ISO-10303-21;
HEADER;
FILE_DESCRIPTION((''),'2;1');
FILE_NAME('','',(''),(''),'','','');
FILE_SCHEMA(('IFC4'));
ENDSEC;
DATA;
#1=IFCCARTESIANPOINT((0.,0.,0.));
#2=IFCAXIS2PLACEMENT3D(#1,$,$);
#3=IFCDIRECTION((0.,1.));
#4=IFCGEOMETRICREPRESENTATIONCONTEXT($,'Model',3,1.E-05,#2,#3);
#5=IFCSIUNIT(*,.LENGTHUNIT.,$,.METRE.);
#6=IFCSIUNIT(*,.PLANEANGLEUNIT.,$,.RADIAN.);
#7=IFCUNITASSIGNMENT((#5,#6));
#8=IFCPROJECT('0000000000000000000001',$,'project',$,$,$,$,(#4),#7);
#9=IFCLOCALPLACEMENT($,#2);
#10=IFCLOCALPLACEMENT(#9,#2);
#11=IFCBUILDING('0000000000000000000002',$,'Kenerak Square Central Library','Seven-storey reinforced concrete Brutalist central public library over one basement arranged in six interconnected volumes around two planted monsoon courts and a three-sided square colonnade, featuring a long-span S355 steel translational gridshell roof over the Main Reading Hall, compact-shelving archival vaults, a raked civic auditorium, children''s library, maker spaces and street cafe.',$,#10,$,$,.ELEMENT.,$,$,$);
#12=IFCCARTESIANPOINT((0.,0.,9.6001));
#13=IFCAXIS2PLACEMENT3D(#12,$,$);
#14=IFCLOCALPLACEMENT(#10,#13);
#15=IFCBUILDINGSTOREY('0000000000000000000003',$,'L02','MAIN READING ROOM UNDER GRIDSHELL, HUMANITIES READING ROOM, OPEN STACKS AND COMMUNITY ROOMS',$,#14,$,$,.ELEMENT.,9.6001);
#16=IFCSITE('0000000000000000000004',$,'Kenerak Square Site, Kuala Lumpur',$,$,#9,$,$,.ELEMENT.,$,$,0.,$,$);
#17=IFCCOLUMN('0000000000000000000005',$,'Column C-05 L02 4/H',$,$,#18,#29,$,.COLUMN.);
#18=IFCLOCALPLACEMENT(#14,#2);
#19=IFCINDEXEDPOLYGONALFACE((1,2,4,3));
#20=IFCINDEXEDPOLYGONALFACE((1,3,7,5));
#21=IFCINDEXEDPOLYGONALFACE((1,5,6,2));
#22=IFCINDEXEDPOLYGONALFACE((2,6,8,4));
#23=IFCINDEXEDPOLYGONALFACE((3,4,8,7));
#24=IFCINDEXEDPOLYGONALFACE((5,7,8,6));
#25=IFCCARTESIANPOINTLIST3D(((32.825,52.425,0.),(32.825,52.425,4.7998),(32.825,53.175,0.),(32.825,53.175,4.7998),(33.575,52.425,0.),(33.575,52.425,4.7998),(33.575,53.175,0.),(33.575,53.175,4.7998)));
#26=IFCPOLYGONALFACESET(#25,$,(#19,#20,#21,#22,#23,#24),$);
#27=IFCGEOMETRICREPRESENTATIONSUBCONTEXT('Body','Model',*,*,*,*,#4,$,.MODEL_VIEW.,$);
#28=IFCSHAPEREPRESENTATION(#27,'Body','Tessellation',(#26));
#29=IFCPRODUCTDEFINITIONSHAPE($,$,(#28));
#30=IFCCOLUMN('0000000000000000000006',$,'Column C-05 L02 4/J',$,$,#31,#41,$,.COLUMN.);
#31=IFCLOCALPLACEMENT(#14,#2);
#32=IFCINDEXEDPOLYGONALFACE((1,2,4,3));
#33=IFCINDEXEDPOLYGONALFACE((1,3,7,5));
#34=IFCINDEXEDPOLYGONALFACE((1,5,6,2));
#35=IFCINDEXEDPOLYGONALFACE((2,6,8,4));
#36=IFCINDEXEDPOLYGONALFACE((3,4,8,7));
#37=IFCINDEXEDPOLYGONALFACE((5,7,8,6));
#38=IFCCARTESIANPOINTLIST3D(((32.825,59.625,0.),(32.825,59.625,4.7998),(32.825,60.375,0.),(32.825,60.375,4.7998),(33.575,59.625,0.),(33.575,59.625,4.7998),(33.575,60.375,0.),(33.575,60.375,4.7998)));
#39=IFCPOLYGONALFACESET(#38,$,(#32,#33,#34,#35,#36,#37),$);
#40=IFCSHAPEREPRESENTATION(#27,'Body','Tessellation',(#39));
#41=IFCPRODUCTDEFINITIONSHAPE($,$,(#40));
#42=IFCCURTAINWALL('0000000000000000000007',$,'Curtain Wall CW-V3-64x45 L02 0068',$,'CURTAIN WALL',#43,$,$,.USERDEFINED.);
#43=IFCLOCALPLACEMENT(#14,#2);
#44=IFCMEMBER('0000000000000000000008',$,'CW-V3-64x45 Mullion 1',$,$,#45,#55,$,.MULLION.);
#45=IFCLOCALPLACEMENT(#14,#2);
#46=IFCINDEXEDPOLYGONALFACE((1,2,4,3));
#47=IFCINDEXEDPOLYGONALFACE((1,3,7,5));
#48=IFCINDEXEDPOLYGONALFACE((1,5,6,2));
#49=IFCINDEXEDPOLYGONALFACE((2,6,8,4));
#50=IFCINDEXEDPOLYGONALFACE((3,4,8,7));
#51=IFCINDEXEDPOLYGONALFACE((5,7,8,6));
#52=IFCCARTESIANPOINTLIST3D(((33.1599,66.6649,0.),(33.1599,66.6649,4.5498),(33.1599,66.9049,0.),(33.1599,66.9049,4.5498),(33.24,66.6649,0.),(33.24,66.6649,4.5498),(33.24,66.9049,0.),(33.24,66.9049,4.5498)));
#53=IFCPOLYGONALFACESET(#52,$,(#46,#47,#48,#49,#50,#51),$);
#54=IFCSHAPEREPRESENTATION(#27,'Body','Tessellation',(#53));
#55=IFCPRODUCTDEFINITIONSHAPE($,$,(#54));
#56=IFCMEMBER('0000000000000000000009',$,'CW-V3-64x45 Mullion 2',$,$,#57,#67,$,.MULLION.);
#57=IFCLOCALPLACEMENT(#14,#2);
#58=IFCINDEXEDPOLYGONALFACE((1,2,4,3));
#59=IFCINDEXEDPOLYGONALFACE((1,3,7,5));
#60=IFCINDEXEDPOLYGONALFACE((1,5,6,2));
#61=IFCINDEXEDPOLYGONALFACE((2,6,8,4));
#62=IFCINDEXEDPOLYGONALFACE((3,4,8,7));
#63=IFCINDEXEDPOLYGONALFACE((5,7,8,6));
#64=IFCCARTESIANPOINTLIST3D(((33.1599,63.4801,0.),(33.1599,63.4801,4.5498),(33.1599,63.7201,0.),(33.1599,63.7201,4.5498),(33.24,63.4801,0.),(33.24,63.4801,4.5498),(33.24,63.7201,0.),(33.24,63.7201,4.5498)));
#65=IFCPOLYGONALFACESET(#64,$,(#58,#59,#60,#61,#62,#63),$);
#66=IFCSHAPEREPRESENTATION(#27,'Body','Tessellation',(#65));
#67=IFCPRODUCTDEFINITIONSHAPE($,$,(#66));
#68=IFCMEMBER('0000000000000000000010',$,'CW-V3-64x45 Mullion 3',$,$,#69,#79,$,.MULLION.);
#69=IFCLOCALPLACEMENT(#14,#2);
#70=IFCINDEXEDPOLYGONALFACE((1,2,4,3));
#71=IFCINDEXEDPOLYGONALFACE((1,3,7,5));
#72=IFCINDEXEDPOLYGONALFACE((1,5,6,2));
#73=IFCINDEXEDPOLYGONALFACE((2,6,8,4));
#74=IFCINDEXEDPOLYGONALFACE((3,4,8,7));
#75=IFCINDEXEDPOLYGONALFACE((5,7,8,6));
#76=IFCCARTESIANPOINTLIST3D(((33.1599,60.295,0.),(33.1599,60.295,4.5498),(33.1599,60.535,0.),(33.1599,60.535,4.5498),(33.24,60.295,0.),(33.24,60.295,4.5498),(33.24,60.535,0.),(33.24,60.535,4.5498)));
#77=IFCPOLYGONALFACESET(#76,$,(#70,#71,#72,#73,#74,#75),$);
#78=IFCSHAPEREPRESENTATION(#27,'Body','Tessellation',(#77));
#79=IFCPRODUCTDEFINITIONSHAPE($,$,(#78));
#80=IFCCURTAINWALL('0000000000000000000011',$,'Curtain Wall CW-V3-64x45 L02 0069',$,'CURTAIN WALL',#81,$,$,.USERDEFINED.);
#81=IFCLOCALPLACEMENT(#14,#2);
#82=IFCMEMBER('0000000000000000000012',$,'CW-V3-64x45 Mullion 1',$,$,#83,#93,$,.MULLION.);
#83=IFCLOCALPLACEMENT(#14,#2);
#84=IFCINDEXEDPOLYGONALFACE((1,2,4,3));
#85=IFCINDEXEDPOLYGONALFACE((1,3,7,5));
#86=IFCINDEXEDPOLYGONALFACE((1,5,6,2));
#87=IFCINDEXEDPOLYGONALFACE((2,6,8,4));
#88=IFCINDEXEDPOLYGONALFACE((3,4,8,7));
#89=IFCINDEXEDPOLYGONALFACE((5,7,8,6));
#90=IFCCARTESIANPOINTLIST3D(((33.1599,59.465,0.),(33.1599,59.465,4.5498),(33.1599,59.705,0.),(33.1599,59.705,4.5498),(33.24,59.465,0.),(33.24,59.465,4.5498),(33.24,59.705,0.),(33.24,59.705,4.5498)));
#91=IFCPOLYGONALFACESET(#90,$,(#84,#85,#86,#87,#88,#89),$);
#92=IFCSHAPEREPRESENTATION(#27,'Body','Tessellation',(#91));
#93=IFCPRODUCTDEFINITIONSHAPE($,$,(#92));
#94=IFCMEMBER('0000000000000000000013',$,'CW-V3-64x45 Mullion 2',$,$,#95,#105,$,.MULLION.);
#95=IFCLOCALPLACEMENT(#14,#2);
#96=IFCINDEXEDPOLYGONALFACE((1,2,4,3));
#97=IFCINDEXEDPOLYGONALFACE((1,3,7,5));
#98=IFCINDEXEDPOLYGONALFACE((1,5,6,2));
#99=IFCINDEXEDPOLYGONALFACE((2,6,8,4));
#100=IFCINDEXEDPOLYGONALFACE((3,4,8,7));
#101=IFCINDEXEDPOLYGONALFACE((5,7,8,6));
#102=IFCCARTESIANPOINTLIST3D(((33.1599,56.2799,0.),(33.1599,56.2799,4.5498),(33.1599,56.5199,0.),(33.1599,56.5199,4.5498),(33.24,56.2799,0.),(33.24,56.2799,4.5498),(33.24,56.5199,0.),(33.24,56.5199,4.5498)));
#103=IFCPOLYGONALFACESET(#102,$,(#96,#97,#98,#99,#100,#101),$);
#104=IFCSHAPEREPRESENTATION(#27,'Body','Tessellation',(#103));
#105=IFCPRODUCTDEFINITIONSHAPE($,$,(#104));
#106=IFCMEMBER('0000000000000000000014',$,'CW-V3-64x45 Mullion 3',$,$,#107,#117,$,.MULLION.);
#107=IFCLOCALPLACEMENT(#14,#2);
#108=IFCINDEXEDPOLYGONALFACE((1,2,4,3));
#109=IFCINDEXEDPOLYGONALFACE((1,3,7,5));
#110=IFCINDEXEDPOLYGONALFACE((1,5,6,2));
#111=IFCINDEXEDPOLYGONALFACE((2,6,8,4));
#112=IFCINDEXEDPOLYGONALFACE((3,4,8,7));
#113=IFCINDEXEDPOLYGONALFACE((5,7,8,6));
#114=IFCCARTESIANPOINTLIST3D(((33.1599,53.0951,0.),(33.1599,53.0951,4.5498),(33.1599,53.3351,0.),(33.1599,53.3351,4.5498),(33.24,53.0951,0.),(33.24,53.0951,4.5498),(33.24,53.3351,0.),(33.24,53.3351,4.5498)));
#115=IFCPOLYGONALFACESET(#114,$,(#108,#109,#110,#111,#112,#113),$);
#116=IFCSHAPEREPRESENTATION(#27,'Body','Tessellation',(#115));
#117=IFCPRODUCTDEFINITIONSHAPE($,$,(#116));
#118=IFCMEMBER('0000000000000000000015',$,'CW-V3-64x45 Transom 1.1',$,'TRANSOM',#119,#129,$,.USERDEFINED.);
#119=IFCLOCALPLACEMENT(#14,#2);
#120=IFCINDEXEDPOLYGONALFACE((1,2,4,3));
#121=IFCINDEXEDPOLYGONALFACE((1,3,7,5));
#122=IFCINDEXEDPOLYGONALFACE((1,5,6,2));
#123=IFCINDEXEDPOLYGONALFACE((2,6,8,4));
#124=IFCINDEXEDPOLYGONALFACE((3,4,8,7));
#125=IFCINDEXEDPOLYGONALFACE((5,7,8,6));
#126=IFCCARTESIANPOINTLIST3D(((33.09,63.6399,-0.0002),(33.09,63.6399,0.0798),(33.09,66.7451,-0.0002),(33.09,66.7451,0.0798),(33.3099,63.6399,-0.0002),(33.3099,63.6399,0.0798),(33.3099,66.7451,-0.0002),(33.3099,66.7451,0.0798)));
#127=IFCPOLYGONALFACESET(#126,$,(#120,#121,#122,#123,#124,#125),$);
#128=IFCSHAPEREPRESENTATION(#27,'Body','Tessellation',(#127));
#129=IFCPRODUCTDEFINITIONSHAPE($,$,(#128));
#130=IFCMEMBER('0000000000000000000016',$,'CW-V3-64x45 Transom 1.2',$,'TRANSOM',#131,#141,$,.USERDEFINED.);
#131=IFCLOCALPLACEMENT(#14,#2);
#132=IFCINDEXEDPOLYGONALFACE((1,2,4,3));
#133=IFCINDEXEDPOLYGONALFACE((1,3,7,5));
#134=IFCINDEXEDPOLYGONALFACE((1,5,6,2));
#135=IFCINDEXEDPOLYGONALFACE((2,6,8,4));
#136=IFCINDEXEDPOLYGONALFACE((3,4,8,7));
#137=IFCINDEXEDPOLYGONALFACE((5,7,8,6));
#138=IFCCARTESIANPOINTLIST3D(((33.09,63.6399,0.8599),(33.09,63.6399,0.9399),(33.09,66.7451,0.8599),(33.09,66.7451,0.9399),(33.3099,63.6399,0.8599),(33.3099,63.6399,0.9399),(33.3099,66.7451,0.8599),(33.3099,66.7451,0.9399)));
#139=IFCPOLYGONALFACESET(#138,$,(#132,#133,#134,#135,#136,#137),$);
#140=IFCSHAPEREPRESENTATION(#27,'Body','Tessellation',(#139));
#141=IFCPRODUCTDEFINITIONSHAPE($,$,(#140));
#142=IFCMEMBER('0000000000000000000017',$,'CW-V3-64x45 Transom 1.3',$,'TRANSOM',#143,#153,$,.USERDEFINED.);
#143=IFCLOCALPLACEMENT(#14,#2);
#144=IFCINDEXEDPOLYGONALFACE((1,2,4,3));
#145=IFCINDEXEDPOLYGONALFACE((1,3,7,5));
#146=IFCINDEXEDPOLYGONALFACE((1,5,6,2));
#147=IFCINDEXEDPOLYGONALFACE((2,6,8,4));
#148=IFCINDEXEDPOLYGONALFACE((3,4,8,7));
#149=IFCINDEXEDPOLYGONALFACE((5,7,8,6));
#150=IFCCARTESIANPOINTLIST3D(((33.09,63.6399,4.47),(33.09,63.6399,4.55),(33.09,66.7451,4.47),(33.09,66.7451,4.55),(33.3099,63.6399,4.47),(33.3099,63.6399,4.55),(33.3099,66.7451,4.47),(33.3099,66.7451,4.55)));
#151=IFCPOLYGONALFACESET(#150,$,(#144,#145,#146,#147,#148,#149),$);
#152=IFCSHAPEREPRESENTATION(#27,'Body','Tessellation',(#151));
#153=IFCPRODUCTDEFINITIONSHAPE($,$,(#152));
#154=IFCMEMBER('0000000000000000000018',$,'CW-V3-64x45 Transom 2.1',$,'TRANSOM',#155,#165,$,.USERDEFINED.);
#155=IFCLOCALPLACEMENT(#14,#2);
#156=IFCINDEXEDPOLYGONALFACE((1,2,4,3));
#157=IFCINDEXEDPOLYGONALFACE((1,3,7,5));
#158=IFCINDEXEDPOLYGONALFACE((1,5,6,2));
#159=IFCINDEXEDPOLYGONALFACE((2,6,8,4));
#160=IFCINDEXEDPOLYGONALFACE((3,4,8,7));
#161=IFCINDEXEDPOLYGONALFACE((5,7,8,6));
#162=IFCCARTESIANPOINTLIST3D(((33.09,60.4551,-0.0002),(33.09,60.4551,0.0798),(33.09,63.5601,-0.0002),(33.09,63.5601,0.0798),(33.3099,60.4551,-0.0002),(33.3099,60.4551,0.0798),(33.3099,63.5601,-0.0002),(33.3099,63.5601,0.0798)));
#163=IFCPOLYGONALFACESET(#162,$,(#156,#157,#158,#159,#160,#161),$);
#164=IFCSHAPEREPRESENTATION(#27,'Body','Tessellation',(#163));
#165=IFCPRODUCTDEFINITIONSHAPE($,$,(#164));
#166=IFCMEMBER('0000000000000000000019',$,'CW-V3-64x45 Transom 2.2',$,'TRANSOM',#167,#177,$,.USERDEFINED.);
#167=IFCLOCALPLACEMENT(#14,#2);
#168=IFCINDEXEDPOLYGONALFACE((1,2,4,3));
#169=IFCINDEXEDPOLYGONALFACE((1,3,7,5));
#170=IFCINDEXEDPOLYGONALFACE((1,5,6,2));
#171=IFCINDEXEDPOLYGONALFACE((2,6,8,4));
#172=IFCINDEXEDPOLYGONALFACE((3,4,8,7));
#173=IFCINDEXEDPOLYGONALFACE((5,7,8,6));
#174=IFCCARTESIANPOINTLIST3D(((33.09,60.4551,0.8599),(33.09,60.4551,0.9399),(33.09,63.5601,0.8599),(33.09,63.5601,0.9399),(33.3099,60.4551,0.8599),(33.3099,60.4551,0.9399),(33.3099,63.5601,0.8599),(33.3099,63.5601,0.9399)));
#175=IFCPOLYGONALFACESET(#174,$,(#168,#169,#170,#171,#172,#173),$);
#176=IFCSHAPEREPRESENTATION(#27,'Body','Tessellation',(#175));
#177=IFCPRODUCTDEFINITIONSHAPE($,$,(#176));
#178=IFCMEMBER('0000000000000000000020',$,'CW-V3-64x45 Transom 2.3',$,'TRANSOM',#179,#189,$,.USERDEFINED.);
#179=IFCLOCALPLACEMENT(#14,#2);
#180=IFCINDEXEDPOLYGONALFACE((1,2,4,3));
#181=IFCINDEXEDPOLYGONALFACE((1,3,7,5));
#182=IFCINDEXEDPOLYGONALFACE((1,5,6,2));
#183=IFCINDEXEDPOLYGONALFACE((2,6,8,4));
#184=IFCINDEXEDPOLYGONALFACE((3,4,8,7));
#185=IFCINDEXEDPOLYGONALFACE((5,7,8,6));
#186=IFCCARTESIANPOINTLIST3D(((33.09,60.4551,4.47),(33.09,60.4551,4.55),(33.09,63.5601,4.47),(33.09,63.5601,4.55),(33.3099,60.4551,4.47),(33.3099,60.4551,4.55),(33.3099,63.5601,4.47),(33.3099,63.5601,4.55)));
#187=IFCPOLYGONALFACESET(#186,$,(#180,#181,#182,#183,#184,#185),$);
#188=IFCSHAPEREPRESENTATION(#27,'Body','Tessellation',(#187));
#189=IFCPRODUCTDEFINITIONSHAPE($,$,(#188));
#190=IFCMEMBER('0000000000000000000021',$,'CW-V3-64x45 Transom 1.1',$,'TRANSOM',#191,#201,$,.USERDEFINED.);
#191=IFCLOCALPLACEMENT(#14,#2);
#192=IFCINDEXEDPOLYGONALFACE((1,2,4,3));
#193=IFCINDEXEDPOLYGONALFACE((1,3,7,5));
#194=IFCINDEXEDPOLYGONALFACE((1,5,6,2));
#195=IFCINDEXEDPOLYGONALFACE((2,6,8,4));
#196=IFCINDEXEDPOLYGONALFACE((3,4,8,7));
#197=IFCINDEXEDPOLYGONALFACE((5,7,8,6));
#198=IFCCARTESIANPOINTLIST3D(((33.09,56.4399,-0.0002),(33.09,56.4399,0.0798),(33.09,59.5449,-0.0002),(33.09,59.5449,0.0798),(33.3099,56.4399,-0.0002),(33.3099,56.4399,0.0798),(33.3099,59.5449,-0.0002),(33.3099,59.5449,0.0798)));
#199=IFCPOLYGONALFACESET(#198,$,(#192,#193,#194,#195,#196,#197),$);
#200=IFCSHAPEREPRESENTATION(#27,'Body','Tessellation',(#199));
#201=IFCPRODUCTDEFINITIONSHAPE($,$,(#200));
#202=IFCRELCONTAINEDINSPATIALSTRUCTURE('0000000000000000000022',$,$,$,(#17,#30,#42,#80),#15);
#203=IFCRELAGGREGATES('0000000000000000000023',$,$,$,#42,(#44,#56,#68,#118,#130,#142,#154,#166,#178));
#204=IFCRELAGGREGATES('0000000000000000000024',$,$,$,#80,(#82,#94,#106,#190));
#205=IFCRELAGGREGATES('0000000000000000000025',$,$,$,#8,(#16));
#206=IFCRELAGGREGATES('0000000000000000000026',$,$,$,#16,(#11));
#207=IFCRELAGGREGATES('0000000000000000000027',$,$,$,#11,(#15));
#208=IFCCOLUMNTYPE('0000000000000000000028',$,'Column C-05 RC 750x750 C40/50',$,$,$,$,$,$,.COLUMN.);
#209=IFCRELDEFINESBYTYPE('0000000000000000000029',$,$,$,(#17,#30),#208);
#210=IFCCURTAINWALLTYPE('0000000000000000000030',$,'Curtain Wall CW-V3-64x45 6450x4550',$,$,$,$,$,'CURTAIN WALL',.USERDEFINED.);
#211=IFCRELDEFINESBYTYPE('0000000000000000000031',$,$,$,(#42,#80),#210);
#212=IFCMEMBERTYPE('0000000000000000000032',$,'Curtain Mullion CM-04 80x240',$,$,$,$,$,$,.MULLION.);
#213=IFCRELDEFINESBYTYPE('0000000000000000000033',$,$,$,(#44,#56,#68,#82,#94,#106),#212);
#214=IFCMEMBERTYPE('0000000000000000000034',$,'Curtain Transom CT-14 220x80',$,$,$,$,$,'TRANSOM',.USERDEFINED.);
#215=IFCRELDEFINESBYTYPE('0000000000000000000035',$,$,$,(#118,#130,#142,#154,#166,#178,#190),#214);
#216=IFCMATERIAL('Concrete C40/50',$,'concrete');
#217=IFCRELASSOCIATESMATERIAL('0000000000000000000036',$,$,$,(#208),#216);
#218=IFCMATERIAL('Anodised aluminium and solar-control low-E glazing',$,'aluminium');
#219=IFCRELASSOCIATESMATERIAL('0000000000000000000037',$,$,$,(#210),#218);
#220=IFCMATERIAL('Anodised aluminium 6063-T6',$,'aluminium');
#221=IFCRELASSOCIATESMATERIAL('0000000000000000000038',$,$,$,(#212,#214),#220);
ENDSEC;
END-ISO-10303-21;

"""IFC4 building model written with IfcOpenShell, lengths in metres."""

from ifc_helpers import new_model, si_unit, direction, frame, origin, origin_2d, place, context, subcontext, project, spatial, rectangle, extrude, material, material_profile, profile_set, type_object, element, aggregate, save


model = new_model("IFC4")

# Units and contexts
model_context = context("Model", 3, precision=1e-05, world=origin(), true_north=direction((0.0, 1.0)))
body_context = subcontext(model_context, "Body", "Model", "MODEL_VIEW")
ifc_project = project(units=[si_unit("LENGTHUNIT", "METRE"), si_unit("PLANEANGLEUNIT", "RADIAN")], contexts=[model_context])

# Site, building, storey
site_placement = place(None, origin())
site = spatial("IfcSite", under=ifc_project, at=site_placement, Name="Kenerak Square Site, Kuala Lumpur", CompositionType="ELEMENT", RefElevation=0.0)
building_placement = place(site_placement, origin())
building = spatial("IfcBuilding", under=site, at=building_placement, Name="Kenerak Square Central Library", Description="Seven-storey reinforced concrete Brutalist central public library over one basement arranged in six interconnected volumes around two planted monsoon courts and a three-sided square colonnade, featuring a long-span S355 steel translational gridshell roof over the Main Reading Hall, compact-shelving archival vaults, a raked civic auditorium, children's library, maker spaces and street cafe.", CompositionType="ELEMENT")
storey_placement = place(building_placement, frame((0.0, 0.0, 9.6001)))
storey = spatial("IfcBuildingStorey", under=building, at=storey_placement, Name="L02", Description="MAIN READING ROOM UNDER GRIDSHELL, HUMANITIES READING ROOM, OPEN STACKS AND COMMUNITY ROOMS", CompositionType="ELEMENT", Elevation=9.6001)

# Columns
ifc_material_1 = material(Name="Concrete C40/50", Category="concrete")
ifc_material_profile_1 = material_profile(ifc_material_1, rectangle(XDim=0.75, YDim=0.75, at=origin_2d()), Name="RC 750x750")
ifc_profile_set_1 = profile_set([ifc_material_profile_1], Name="Concrete C40/50")
column_type = type_object("IfcColumnType", Name="Column C-05 RC 750x750 C40/50", PredefinedType="COLUMN", material=ifc_profile_set_1)
for number, where, z_axis, x_axis, name in (
    (1, (33.2, 52.8, 0.0), (0.0, 0.0, 1.0), (1.0, 0.0, 0.0), "Column C-05 L02 4/H"),
    (2, (33.2, 60.0, 0.0), (0.0, 0.0, 1.0), (1.0, 0.0, 0.0), "Column C-05 L02 4/J"),
):
    element("IfcColumn", number, at=place(storey_placement, frame(where, z_axis=z_axis, x_axis=x_axis)), inside=storey, type_object=column_type, Name=name, PredefinedType="COLUMN", context=body_context, shape_type="SweptSolid", body=[
        extrude(rectangle(XDim=0.75, YDim=0.75, at=origin_2d()), origin(), (0.0, 0.0, 1.0), 4.7998),
    ])

# Curtain walls, members
ifc_material_2 = material(Name="Anodised aluminium and solar-control low-E glazing", Category="aluminium")
curtain_wall_type = type_object("IfcCurtainWallType", Name="Curtain Wall CW-V3-64x45 6450x4550", ElementType="CURTAIN WALL", PredefinedType="USERDEFINED", material=ifc_material_2)
curtain_wall_1_placement = place(storey_placement, origin())
curtain_wall_1 = element("IfcCurtainWall", 3, at=curtain_wall_1_placement, inside=storey, type_object=curtain_wall_type, Name="Curtain Wall CW-V3-64x45 L02 0068", ObjectType="CURTAIN WALL", PredefinedType="USERDEFINED")
ifc_material_3 = material(Name="Anodised aluminium 6063-T6", Category="aluminium")
ifc_material_profile_2 = material_profile(ifc_material_3, rectangle(XDim=0.0801, YDim=0.24, at=origin_2d()), Name="AL MULLION 80x240")
ifc_profile_set_2 = profile_set([ifc_material_profile_2], Name="Anodised aluminium 6063-T6")
member_type_1 = type_object("IfcMemberType", Name="Curtain Mullion CM-04 80x240", PredefinedType="MULLION", material=ifc_profile_set_2)
member_1_placement = place(storey_placement, frame((33.2, 66.7849, 0.0), z_axis=(0.0, 0.0, 1.0), x_axis=(1.0, 0.0, 0.0)))
member_1 = element("IfcMember", 4, at=member_1_placement, type_object=member_type_1, Name="CW-V3-64x45 Mullion 1", PredefinedType="MULLION", context=body_context, shape_type="SweptSolid", body=[
    extrude(rectangle(XDim=0.0801, YDim=0.24, at=origin_2d()), origin(), (0.0, 0.0, 1.0), 4.5498),
])
member_2_placement = place(storey_placement, frame((33.2, 63.6001, 0.0), z_axis=(0.0, 0.0, 1.0), x_axis=(1.0, 0.0, 0.0)))
member_2 = element("IfcMember", 5, at=member_2_placement, type_object=member_type_1, Name="CW-V3-64x45 Mullion 2", PredefinedType="MULLION", context=body_context, shape_type="SweptSolid", body=[
    extrude(rectangle(XDim=0.0801, YDim=0.24, at=origin_2d()), origin(), (0.0, 0.0, 1.0), 4.5498),
])
member_3_placement = place(storey_placement, frame((33.2, 60.415, 0.0), z_axis=(0.0, 0.0, 1.0), x_axis=(1.0, 0.0, 0.0)))
member_3 = element("IfcMember", 6, at=member_3_placement, type_object=member_type_1, Name="CW-V3-64x45 Mullion 3", PredefinedType="MULLION", context=body_context, shape_type="SweptSolid", body=[
    extrude(rectangle(XDim=0.0801, YDim=0.24, at=origin_2d()), origin(), (0.0, 0.0, 1.0), 4.5498),
])
curtain_wall_2_placement = place(storey_placement, origin())
curtain_wall_2 = element("IfcCurtainWall", 7, at=curtain_wall_2_placement, inside=storey, type_object=curtain_wall_type, Name="Curtain Wall CW-V3-64x45 L02 0069", ObjectType="CURTAIN WALL", PredefinedType="USERDEFINED")
member_4_placement = place(storey_placement, frame((33.2, 59.585, 0.0), z_axis=(0.0, 0.0, 1.0), x_axis=(1.0, 0.0, 0.0)))
member_4 = element("IfcMember", 8, at=member_4_placement, type_object=member_type_1, Name="CW-V3-64x45 Mullion 1", PredefinedType="MULLION", context=body_context, shape_type="SweptSolid", body=[
    extrude(rectangle(XDim=0.0801, YDim=0.24, at=origin_2d()), origin(), (0.0, 0.0, 1.0), 4.5498),
])
member_5_placement = place(storey_placement, frame((33.2, 56.3999, 0.0), z_axis=(0.0, 0.0, 1.0), x_axis=(1.0, 0.0, 0.0)))
member_5 = element("IfcMember", 9, at=member_5_placement, type_object=member_type_1, Name="CW-V3-64x45 Mullion 2", PredefinedType="MULLION", context=body_context, shape_type="SweptSolid", body=[
    extrude(rectangle(XDim=0.0801, YDim=0.24, at=origin_2d()), origin(), (0.0, 0.0, 1.0), 4.5498),
])
member_6_placement = place(storey_placement, frame((33.2, 53.2151, 0.0), z_axis=(0.0, 0.0, 1.0), x_axis=(1.0, 0.0, 0.0)))
member_6 = element("IfcMember", 10, at=member_6_placement, type_object=member_type_1, Name="CW-V3-64x45 Mullion 3", PredefinedType="MULLION", context=body_context, shape_type="SweptSolid", body=[
    extrude(rectangle(XDim=0.0801, YDim=0.24, at=origin_2d()), origin(), (0.0, 0.0, 1.0), 4.5498),
])

# Members
ifc_material_profile_3 = material_profile(ifc_material_3, rectangle(XDim=0.22, YDim=0.0801, at=origin_2d()), Name="AL TRANSOM 220x80")
ifc_profile_set_3 = profile_set([ifc_material_profile_3], Name="Anodised aluminium 6063-T6")
member_type_2 = type_object("IfcMemberType", Name="Curtain Transom CT-14 220x80", ElementType="TRANSOM", PredefinedType="USERDEFINED", material=ifc_profile_set_3)
member_7_placement = place(storey_placement, frame((33.2, 66.7451, 0.0398), z_axis=(0.0, -1.0, 0.0), x_axis=(1.0, 0.0, 0.0)))
member_7 = element("IfcMember", 11, at=member_7_placement, type_object=member_type_2, Name="CW-V3-64x45 Transom 1.1", ObjectType="TRANSOM", PredefinedType="USERDEFINED", context=body_context, shape_type="SweptSolid", body=[
    extrude(rectangle(XDim=0.22, YDim=0.0801, at=origin_2d()), origin(), (0.0, 0.0, 1.0), 3.1052),
])
member_8_placement = place(storey_placement, frame((33.2, 66.7451, 0.8999), z_axis=(0.0, -1.0, 0.0), x_axis=(1.0, 0.0, 0.0)))
member_8 = element("IfcMember", 12, at=member_8_placement, type_object=member_type_2, Name="CW-V3-64x45 Transom 1.2", ObjectType="TRANSOM", PredefinedType="USERDEFINED", context=body_context, shape_type="SweptSolid", body=[
    extrude(rectangle(XDim=0.22, YDim=0.0801, at=origin_2d()), origin(), (0.0, 0.0, 1.0), 3.1052),
])
member_9_placement = place(storey_placement, frame((33.2, 66.7451, 4.51), z_axis=(0.0, -1.0, 0.0), x_axis=(1.0, 0.0, 0.0)))
member_9 = element("IfcMember", 13, at=member_9_placement, type_object=member_type_2, Name="CW-V3-64x45 Transom 1.3", ObjectType="TRANSOM", PredefinedType="USERDEFINED", context=body_context, shape_type="SweptSolid", body=[
    extrude(rectangle(XDim=0.22, YDim=0.0801, at=origin_2d()), origin(), (0.0, 0.0, 1.0), 3.1052),
])
member_10_placement = place(storey_placement, frame((33.2, 63.5601, 0.0398), z_axis=(0.0, -1.0, 0.0), x_axis=(1.0, 0.0, 0.0)))
member_10 = element("IfcMember", 14, at=member_10_placement, type_object=member_type_2, Name="CW-V3-64x45 Transom 2.1", ObjectType="TRANSOM", PredefinedType="USERDEFINED", context=body_context, shape_type="SweptSolid", body=[
    extrude(rectangle(XDim=0.22, YDim=0.0801, at=origin_2d()), origin(), (0.0, 0.0, 1.0), 3.105),
])
member_11_placement = place(storey_placement, frame((33.2, 63.5601, 0.8999), z_axis=(0.0, -1.0, 0.0), x_axis=(1.0, 0.0, 0.0)))
member_11 = element("IfcMember", 15, at=member_11_placement, type_object=member_type_2, Name="CW-V3-64x45 Transom 2.2", ObjectType="TRANSOM", PredefinedType="USERDEFINED", context=body_context, shape_type="SweptSolid", body=[
    extrude(rectangle(XDim=0.22, YDim=0.0801, at=origin_2d()), origin(), (0.0, 0.0, 1.0), 3.105),
])
member_12_placement = place(storey_placement, frame((33.2, 63.5601, 4.51), z_axis=(0.0, -1.0, 0.0), x_axis=(1.0, 0.0, 0.0)))
member_12 = element("IfcMember", 16, at=member_12_placement, type_object=member_type_2, Name="CW-V3-64x45 Transom 2.3", ObjectType="TRANSOM", PredefinedType="USERDEFINED", context=body_context, shape_type="SweptSolid", body=[
    extrude(rectangle(XDim=0.22, YDim=0.0801, at=origin_2d()), origin(), (0.0, 0.0, 1.0), 3.105),
])
member_13_placement = place(storey_placement, frame((33.2, 59.5449, 0.0398), z_axis=(0.0, -1.0, 0.0), x_axis=(1.0, 0.0, 0.0)))
member_13 = element("IfcMember", 17, at=member_13_placement, type_object=member_type_2, Name="CW-V3-64x45 Transom 1.1", ObjectType="TRANSOM", PredefinedType="USERDEFINED", context=body_context, shape_type="SweptSolid", body=[
    extrude(rectangle(XDim=0.22, YDim=0.0801, at=origin_2d()), origin(), (0.0, 0.0, 1.0), 3.105),
])

aggregate(curtain_wall_1, [member_1, member_2, member_3, member_7, member_8, member_9, member_10, member_11, member_12])
aggregate(curtain_wall_2, [member_4, member_5, member_6, member_13])

save(model, "model.ifc")
